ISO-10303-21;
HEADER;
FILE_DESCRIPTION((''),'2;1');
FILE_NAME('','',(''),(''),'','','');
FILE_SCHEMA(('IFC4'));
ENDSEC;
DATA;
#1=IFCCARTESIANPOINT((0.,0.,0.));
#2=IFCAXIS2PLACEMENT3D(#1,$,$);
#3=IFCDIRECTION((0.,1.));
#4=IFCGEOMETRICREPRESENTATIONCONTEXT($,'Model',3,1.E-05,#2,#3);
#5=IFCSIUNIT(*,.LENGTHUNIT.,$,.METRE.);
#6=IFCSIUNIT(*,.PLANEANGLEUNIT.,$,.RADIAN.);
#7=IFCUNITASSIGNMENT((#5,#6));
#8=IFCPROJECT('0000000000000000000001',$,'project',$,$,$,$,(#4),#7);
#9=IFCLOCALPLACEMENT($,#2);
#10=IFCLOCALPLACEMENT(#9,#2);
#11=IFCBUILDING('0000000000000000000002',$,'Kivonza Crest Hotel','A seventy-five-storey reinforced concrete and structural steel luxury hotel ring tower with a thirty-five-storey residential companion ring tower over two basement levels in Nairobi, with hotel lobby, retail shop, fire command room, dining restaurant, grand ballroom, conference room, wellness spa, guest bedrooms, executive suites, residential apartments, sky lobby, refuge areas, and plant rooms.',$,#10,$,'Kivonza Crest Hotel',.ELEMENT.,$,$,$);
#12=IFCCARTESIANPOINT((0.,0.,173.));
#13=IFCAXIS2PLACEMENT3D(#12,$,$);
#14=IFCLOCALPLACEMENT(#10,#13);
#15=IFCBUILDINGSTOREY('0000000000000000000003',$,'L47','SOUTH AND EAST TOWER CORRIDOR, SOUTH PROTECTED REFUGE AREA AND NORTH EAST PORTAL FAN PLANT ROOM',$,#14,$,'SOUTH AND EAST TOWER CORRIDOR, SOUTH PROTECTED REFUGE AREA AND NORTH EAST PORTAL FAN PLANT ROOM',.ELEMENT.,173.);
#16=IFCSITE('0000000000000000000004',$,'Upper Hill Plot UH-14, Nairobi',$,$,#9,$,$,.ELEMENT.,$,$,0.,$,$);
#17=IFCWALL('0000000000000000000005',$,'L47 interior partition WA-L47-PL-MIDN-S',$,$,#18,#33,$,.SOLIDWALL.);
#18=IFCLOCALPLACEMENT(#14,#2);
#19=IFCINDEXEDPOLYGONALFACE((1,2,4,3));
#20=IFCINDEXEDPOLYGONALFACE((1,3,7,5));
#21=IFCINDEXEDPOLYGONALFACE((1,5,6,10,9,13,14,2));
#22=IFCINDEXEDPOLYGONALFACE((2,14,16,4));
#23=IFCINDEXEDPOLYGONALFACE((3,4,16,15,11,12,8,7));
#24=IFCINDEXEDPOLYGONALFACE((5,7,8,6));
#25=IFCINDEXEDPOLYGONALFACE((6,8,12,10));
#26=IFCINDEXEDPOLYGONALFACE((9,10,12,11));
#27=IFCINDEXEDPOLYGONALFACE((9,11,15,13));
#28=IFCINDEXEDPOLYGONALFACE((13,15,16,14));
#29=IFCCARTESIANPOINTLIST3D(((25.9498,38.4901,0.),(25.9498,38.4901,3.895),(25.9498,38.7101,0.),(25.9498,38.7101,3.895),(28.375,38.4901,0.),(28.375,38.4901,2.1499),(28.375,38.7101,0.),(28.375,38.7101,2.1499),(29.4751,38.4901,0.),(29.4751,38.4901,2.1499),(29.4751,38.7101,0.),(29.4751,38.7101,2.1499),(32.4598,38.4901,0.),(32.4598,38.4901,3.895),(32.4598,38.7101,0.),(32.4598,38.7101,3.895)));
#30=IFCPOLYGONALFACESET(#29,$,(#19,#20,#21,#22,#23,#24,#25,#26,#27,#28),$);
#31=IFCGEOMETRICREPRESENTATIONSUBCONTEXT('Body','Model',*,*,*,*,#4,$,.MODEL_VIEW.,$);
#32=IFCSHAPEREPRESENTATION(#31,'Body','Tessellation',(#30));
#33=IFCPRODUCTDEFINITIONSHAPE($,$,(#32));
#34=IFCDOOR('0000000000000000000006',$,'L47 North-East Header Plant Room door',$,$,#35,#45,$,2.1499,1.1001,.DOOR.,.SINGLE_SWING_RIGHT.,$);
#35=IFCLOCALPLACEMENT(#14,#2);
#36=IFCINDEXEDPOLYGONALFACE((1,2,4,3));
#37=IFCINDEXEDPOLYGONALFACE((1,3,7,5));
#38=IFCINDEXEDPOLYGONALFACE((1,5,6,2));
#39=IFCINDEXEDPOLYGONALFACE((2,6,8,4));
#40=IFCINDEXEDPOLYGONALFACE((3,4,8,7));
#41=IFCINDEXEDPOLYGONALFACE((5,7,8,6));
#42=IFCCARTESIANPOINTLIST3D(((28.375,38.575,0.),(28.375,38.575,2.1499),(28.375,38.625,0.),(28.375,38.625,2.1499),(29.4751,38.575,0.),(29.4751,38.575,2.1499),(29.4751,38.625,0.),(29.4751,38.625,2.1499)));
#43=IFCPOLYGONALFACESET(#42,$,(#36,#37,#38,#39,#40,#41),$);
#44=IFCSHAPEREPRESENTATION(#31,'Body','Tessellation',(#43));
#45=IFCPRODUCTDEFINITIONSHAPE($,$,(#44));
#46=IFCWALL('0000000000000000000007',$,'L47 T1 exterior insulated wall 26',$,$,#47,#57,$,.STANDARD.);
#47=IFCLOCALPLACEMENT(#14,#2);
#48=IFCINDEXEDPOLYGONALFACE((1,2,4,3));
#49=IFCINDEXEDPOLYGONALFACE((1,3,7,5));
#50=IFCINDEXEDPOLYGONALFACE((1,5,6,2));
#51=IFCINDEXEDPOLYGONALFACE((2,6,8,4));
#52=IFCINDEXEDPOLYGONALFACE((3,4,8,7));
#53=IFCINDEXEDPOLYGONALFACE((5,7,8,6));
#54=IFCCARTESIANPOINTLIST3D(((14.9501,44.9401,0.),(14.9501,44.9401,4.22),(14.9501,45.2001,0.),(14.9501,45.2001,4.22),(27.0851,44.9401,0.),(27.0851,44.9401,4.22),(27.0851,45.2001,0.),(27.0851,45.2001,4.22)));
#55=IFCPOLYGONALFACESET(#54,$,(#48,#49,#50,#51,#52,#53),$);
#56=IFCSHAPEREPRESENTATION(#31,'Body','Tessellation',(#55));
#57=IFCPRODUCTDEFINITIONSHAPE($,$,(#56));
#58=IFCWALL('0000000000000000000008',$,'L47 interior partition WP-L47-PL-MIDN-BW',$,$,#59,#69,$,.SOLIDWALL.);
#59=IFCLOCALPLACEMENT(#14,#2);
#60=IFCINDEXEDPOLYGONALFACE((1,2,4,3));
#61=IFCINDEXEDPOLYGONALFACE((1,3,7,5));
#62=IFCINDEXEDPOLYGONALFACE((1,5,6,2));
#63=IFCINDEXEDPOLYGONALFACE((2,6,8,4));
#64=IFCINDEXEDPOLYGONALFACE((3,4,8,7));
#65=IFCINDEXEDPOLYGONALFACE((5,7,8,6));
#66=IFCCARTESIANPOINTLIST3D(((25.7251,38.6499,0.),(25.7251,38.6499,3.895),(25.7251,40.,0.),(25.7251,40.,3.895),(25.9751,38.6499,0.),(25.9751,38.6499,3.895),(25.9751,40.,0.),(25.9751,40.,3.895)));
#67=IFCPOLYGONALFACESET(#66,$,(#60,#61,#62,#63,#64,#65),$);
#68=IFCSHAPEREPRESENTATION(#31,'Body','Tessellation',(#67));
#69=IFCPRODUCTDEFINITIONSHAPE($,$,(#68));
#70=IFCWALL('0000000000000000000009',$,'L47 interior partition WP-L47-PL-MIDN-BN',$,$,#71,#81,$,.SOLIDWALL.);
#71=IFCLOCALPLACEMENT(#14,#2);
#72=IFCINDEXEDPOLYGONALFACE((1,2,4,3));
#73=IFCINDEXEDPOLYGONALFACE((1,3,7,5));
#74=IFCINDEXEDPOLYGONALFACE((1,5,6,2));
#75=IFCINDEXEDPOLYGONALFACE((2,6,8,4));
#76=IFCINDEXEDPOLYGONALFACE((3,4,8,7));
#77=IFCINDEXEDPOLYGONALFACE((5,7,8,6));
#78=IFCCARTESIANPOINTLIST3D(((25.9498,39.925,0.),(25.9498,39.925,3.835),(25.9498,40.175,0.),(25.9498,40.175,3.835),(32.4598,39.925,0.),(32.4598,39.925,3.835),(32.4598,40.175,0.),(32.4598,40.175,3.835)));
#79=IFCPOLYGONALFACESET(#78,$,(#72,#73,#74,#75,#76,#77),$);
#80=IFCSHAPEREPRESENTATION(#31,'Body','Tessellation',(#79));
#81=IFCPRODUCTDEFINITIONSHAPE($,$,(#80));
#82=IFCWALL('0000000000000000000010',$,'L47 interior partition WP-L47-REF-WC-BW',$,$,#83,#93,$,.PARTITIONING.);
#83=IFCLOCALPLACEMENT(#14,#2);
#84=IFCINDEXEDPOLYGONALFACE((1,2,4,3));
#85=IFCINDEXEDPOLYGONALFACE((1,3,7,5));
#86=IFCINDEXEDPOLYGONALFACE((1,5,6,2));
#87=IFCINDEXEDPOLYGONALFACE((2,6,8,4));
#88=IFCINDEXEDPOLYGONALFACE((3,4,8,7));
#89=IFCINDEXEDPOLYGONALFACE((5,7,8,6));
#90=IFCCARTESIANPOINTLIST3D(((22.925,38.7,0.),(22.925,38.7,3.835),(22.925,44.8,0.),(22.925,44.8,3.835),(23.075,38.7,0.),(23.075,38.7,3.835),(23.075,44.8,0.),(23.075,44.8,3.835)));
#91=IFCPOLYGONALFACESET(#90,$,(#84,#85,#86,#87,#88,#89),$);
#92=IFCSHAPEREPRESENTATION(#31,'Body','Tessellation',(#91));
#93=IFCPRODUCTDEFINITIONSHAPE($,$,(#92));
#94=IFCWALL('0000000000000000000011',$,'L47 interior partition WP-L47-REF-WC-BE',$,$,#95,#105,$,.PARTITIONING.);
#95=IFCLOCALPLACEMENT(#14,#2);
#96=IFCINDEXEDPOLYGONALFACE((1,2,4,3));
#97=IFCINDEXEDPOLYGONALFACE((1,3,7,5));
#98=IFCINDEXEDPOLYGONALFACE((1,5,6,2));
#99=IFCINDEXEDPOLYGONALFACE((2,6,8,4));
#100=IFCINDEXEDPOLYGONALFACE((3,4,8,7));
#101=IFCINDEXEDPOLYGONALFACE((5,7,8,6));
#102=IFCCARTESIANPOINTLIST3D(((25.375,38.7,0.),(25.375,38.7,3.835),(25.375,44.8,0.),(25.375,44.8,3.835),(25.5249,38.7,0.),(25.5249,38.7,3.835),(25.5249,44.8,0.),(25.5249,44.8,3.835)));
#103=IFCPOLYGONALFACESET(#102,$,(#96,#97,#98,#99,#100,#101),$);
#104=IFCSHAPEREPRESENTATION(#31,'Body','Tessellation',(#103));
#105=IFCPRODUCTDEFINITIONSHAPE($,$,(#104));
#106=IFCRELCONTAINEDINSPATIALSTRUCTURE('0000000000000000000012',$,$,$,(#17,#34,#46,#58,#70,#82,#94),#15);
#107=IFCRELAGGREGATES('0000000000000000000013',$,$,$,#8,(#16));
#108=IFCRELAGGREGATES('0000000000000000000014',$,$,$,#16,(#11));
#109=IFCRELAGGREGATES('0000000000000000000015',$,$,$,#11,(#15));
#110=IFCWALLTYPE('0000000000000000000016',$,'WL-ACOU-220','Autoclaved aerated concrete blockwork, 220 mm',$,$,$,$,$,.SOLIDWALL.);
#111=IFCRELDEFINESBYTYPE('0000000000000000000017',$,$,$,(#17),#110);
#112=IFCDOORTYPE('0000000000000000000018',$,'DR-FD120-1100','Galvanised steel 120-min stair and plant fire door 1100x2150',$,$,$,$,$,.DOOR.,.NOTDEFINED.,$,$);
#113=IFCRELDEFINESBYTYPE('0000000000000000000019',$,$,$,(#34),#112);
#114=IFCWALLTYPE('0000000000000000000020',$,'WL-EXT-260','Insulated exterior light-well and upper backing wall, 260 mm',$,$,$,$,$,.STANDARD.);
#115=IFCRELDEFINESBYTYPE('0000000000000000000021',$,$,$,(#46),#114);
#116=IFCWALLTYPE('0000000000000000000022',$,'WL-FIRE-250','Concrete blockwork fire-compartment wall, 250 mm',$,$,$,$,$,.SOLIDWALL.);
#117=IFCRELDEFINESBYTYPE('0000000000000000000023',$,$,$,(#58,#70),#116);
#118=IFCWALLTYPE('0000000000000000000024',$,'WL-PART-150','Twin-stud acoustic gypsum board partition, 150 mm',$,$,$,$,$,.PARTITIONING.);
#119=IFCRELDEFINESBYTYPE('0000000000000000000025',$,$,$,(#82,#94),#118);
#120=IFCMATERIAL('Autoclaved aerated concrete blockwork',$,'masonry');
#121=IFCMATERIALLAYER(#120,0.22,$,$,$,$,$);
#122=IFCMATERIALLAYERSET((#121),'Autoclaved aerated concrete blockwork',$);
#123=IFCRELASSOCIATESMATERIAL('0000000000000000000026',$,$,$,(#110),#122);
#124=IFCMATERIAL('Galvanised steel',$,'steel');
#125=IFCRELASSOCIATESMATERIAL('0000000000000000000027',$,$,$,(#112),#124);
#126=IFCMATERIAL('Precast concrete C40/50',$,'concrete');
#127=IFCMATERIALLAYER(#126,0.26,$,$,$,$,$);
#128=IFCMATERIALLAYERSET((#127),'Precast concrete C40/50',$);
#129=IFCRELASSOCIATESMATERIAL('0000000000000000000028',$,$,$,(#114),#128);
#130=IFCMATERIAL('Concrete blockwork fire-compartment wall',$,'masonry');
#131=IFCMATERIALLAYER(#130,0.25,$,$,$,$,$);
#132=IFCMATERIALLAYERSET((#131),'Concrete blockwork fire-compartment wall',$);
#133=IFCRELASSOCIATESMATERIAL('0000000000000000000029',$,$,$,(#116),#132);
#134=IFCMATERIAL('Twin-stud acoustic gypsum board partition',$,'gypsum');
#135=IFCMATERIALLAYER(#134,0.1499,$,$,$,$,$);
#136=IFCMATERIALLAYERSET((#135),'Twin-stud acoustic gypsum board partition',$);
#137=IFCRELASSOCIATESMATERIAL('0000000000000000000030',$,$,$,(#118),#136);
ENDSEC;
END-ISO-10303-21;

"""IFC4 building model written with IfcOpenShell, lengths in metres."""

from ifc_helpers import new_model, si_unit, direction, frame, frame_2d, origin, place, context, subcontext, project, spatial, rectangle, extrude, material, layer, layer_set, type_object, element, fill, save


model = new_model("IFC4")

# Units and contexts
model_context = context("Model", 3, precision=1e-05, world=origin(), true_north=direction((0.0, 1.0)))
body_context = subcontext(model_context, "Body", "Model", "MODEL_VIEW")
ifc_project = project(units=[si_unit("LENGTHUNIT", "METRE"), si_unit("PLANEANGLEUNIT", "RADIAN")], contexts=[model_context])

# Site, building, storey
site_placement = place(None, origin())
site = spatial("IfcSite", under=ifc_project, at=site_placement, Name="Upper Hill Plot UH-14, Nairobi", CompositionType="ELEMENT", RefElevation=0.0)
building_placement = place(site_placement, origin())
building = spatial("IfcBuilding", under=site, at=building_placement, Name="Kivonza Crest Hotel", Description="A seventy-five-storey reinforced concrete and structural steel luxury hotel ring tower with a thirty-five-storey residential companion ring tower over two basement levels in Nairobi, with hotel lobby, retail shop, fire command room, dining restaurant, grand ballroom, conference room, wellness spa, guest bedrooms, executive suites, residential apartments, sky lobby, refuge areas, and plant rooms.", LongName="Kivonza Crest Hotel", CompositionType="ELEMENT")
storey_placement = place(building_placement, frame((0.0, 0.0, 173.0)))
storey = spatial("IfcBuildingStorey", under=building, at=storey_placement, Name="L47", Description="SOUTH AND EAST TOWER CORRIDOR, SOUTH PROTECTED REFUGE AREA AND NORTH EAST PORTAL FAN PLANT ROOM", LongName="SOUTH AND EAST TOWER CORRIDOR, SOUTH PROTECTED REFUGE AREA AND NORTH EAST PORTAL FAN PLANT ROOM", CompositionType="ELEMENT", Elevation=173.0)

# Wall, opening, door
ifc_material_1 = material(Name="Autoclaved aerated concrete blockwork", Category="masonry")
ifc_layer_1 = layer(ifc_material_1, 0.22)
ifc_layer_set_1 = layer_set([ifc_layer_1], Name="Autoclaved aerated concrete blockwork")
wall_type_1 = type_object("IfcWallType", Name="WL-ACOU-220", Description="Autoclaved aerated concrete blockwork, 220 mm", PredefinedType="SOLIDWALL", material=ifc_layer_set_1)
ifc_material_2 = material(Name="Galvanised steel", Category="steel")
door_type = type_object("IfcDoorType", Name="DR-FD120-1100", Description="Galvanised steel 120-min stair and plant fire door 1100x2150", OperationType="NOTDEFINED", PredefinedType="DOOR", material=ifc_material_2)
wall_1_placement = place(storey_placement, frame((25.95, 38.6001, 0.0), z_axis=(0.0, 0.0, 1.0), x_axis=(1.0, 0.0, 0.0)))
wall_1 = element("IfcWall", 1, at=wall_1_placement, inside=storey, type_object=wall_type_1, Name="L47 interior partition WA-L47-PL-MIDN-S", PredefinedType="SOLIDWALL", context=body_context, shape_type="SweptSolid", body=[
    extrude(rectangle(XDim=6.51, YDim=0.22, at=frame_2d((3.2549, 0.0))), origin(), (0.0, 0.0, 1.0), 3.895),
])
opening_1_placement = place(wall_1_placement, frame((2.425, 0.0, 0.0)))
opening_1 = element("IfcOpeningElement", 2, at=opening_1_placement, cuts=wall_1, PredefinedType="OPENING", context=body_context, shape_type="SweptSolid", body=[
    extrude(rectangle(XDim=1.1001, YDim=2.1499, at=frame_2d((0.55, 1.075))), frame((0.0, 0.1201, 0.0), z_axis=(0.0, -1.0, 0.0), x_axis=(1.0, 0.0, 0.0)), (0.0, 0.0, 1.0), 0.24),
])
door_1_placement = place(opening_1_placement, origin())
door_1 = element("IfcDoor", 3, at=door_1_placement, inside=storey, type_object=door_type, Name="L47 North-East Header Plant Room door", OperationType="SINGLE_SWING_RIGHT", OverallHeight=2.1499, OverallWidth=1.1001, PredefinedType="DOOR", context=body_context, shape_type="SweptSolid", body=[
    extrude(rectangle(XDim=1.1001, YDim=2.1499, at=frame_2d((0.55, 1.075))), frame((0.0, 0.0249, 0.0), z_axis=(0.0, -1.0, 0.0), x_axis=(1.0, 0.0, 0.0)), (0.0, 0.0, 1.0), 0.05),
])
fill(opening_1, door_1)

# Walls
ifc_material_3 = material(Name="Precast concrete C40/50", Category="concrete")
ifc_layer_2 = layer(ifc_material_3, 0.26)
ifc_layer_set_2 = layer_set([ifc_layer_2], Name="Precast concrete C40/50")
wall_type_2 = type_object("IfcWallType", Name="WL-EXT-260", Description="Insulated exterior light-well and upper backing wall, 260 mm", PredefinedType="STANDARD", material=ifc_layer_set_2)
wall_2_placement = place(storey_placement, frame((27.085, 45.0701, 0.0), z_axis=(0.0, 0.0, 1.0), x_axis=(-1.0, 0.0, 0.0)))
element("IfcWall", 4, at=wall_2_placement, inside=storey, type_object=wall_type_2, Name="L47 T1 exterior insulated wall 26", PredefinedType="STANDARD", context=body_context, shape_type="SweptSolid", body=[
    extrude(rectangle(XDim=12.135, YDim=0.26, at=frame_2d((6.0674, 0.0))), origin(), (0.0, 0.0, 1.0), 4.22),
])
ifc_material_4 = material(Name="Concrete blockwork fire-compartment wall", Category="masonry")
ifc_layer_3 = layer(ifc_material_4, 0.25)
ifc_layer_set_3 = layer_set([ifc_layer_3], Name="Concrete blockwork fire-compartment wall")
wall_type_3 = type_object("IfcWallType", Name="WL-FIRE-250", Description="Concrete blockwork fire-compartment wall, 250 mm", PredefinedType="SOLIDWALL", material=ifc_layer_set_3)
wall_3_placement = place(storey_placement, frame((25.8501, 38.6499, 0.0), z_axis=(0.0, 0.0, 1.0), x_axis=(0.0, 1.0, 0.0)))
element("IfcWall", 5, at=wall_3_placement, inside=storey, type_object=wall_type_3, Name="L47 interior partition WP-L47-PL-MIDN-BW", PredefinedType="SOLIDWALL", context=body_context, shape_type="SweptSolid", body=[
    extrude(rectangle(XDim=1.3501, YDim=0.25, at=frame_2d((0.675, 0.0))), origin(), (0.0, 0.0, 1.0), 3.895),
])
wall_4_placement = place(storey_placement, frame((25.95, 40.05, 0.0), z_axis=(0.0, 0.0, 1.0), x_axis=(1.0, 0.0, 0.0)))
element("IfcWall", 6, at=wall_4_placement, inside=storey, type_object=wall_type_3, Name="L47 interior partition WP-L47-PL-MIDN-BN", PredefinedType="SOLIDWALL", context=body_context, shape_type="SweptSolid", body=[
    extrude(rectangle(XDim=6.51, YDim=0.25, at=frame_2d((3.2549, 0.0))), origin(), (0.0, 0.0, 1.0), 3.835),
])
ifc_material_5 = material(Name="Twin-stud acoustic gypsum board partition", Category="gypsum")
ifc_layer_4 = layer(ifc_material_5, 0.1499)
ifc_layer_set_4 = layer_set([ifc_layer_4], Name="Twin-stud acoustic gypsum board partition")
wall_type_4 = type_object("IfcWallType", Name="WL-PART-150", Description="Twin-stud acoustic gypsum board partition, 150 mm", PredefinedType="PARTITIONING", material=ifc_layer_set_4)
for number, where, z_axis, x_axis, name in (
    (7, (23.0, 38.7, 0.0), (0.0, 0.0, 1.0), (0.0, 1.0, 0.0), "L47 interior partition WP-L47-REF-WC-BW"),
    (8, (25.45, 38.7, 0.0), (0.0, 0.0, 1.0), (0.0, 1.0, 0.0), "L47 interior partition WP-L47-REF-WC-BE"),
):
    element("IfcWall", number, at=place(storey_placement, frame(where, z_axis=z_axis, x_axis=x_axis)), inside=storey, type_object=wall_type_4, Name=name, PredefinedType="PARTITIONING", context=body_context, shape_type="SweptSolid", body=[
        extrude(rectangle(XDim=6.1001, YDim=0.1499, at=frame_2d((3.05, 0.0))), origin(), (0.0, 0.0, 1.0), 3.835),
    ])

save(model, "model.ifc")
